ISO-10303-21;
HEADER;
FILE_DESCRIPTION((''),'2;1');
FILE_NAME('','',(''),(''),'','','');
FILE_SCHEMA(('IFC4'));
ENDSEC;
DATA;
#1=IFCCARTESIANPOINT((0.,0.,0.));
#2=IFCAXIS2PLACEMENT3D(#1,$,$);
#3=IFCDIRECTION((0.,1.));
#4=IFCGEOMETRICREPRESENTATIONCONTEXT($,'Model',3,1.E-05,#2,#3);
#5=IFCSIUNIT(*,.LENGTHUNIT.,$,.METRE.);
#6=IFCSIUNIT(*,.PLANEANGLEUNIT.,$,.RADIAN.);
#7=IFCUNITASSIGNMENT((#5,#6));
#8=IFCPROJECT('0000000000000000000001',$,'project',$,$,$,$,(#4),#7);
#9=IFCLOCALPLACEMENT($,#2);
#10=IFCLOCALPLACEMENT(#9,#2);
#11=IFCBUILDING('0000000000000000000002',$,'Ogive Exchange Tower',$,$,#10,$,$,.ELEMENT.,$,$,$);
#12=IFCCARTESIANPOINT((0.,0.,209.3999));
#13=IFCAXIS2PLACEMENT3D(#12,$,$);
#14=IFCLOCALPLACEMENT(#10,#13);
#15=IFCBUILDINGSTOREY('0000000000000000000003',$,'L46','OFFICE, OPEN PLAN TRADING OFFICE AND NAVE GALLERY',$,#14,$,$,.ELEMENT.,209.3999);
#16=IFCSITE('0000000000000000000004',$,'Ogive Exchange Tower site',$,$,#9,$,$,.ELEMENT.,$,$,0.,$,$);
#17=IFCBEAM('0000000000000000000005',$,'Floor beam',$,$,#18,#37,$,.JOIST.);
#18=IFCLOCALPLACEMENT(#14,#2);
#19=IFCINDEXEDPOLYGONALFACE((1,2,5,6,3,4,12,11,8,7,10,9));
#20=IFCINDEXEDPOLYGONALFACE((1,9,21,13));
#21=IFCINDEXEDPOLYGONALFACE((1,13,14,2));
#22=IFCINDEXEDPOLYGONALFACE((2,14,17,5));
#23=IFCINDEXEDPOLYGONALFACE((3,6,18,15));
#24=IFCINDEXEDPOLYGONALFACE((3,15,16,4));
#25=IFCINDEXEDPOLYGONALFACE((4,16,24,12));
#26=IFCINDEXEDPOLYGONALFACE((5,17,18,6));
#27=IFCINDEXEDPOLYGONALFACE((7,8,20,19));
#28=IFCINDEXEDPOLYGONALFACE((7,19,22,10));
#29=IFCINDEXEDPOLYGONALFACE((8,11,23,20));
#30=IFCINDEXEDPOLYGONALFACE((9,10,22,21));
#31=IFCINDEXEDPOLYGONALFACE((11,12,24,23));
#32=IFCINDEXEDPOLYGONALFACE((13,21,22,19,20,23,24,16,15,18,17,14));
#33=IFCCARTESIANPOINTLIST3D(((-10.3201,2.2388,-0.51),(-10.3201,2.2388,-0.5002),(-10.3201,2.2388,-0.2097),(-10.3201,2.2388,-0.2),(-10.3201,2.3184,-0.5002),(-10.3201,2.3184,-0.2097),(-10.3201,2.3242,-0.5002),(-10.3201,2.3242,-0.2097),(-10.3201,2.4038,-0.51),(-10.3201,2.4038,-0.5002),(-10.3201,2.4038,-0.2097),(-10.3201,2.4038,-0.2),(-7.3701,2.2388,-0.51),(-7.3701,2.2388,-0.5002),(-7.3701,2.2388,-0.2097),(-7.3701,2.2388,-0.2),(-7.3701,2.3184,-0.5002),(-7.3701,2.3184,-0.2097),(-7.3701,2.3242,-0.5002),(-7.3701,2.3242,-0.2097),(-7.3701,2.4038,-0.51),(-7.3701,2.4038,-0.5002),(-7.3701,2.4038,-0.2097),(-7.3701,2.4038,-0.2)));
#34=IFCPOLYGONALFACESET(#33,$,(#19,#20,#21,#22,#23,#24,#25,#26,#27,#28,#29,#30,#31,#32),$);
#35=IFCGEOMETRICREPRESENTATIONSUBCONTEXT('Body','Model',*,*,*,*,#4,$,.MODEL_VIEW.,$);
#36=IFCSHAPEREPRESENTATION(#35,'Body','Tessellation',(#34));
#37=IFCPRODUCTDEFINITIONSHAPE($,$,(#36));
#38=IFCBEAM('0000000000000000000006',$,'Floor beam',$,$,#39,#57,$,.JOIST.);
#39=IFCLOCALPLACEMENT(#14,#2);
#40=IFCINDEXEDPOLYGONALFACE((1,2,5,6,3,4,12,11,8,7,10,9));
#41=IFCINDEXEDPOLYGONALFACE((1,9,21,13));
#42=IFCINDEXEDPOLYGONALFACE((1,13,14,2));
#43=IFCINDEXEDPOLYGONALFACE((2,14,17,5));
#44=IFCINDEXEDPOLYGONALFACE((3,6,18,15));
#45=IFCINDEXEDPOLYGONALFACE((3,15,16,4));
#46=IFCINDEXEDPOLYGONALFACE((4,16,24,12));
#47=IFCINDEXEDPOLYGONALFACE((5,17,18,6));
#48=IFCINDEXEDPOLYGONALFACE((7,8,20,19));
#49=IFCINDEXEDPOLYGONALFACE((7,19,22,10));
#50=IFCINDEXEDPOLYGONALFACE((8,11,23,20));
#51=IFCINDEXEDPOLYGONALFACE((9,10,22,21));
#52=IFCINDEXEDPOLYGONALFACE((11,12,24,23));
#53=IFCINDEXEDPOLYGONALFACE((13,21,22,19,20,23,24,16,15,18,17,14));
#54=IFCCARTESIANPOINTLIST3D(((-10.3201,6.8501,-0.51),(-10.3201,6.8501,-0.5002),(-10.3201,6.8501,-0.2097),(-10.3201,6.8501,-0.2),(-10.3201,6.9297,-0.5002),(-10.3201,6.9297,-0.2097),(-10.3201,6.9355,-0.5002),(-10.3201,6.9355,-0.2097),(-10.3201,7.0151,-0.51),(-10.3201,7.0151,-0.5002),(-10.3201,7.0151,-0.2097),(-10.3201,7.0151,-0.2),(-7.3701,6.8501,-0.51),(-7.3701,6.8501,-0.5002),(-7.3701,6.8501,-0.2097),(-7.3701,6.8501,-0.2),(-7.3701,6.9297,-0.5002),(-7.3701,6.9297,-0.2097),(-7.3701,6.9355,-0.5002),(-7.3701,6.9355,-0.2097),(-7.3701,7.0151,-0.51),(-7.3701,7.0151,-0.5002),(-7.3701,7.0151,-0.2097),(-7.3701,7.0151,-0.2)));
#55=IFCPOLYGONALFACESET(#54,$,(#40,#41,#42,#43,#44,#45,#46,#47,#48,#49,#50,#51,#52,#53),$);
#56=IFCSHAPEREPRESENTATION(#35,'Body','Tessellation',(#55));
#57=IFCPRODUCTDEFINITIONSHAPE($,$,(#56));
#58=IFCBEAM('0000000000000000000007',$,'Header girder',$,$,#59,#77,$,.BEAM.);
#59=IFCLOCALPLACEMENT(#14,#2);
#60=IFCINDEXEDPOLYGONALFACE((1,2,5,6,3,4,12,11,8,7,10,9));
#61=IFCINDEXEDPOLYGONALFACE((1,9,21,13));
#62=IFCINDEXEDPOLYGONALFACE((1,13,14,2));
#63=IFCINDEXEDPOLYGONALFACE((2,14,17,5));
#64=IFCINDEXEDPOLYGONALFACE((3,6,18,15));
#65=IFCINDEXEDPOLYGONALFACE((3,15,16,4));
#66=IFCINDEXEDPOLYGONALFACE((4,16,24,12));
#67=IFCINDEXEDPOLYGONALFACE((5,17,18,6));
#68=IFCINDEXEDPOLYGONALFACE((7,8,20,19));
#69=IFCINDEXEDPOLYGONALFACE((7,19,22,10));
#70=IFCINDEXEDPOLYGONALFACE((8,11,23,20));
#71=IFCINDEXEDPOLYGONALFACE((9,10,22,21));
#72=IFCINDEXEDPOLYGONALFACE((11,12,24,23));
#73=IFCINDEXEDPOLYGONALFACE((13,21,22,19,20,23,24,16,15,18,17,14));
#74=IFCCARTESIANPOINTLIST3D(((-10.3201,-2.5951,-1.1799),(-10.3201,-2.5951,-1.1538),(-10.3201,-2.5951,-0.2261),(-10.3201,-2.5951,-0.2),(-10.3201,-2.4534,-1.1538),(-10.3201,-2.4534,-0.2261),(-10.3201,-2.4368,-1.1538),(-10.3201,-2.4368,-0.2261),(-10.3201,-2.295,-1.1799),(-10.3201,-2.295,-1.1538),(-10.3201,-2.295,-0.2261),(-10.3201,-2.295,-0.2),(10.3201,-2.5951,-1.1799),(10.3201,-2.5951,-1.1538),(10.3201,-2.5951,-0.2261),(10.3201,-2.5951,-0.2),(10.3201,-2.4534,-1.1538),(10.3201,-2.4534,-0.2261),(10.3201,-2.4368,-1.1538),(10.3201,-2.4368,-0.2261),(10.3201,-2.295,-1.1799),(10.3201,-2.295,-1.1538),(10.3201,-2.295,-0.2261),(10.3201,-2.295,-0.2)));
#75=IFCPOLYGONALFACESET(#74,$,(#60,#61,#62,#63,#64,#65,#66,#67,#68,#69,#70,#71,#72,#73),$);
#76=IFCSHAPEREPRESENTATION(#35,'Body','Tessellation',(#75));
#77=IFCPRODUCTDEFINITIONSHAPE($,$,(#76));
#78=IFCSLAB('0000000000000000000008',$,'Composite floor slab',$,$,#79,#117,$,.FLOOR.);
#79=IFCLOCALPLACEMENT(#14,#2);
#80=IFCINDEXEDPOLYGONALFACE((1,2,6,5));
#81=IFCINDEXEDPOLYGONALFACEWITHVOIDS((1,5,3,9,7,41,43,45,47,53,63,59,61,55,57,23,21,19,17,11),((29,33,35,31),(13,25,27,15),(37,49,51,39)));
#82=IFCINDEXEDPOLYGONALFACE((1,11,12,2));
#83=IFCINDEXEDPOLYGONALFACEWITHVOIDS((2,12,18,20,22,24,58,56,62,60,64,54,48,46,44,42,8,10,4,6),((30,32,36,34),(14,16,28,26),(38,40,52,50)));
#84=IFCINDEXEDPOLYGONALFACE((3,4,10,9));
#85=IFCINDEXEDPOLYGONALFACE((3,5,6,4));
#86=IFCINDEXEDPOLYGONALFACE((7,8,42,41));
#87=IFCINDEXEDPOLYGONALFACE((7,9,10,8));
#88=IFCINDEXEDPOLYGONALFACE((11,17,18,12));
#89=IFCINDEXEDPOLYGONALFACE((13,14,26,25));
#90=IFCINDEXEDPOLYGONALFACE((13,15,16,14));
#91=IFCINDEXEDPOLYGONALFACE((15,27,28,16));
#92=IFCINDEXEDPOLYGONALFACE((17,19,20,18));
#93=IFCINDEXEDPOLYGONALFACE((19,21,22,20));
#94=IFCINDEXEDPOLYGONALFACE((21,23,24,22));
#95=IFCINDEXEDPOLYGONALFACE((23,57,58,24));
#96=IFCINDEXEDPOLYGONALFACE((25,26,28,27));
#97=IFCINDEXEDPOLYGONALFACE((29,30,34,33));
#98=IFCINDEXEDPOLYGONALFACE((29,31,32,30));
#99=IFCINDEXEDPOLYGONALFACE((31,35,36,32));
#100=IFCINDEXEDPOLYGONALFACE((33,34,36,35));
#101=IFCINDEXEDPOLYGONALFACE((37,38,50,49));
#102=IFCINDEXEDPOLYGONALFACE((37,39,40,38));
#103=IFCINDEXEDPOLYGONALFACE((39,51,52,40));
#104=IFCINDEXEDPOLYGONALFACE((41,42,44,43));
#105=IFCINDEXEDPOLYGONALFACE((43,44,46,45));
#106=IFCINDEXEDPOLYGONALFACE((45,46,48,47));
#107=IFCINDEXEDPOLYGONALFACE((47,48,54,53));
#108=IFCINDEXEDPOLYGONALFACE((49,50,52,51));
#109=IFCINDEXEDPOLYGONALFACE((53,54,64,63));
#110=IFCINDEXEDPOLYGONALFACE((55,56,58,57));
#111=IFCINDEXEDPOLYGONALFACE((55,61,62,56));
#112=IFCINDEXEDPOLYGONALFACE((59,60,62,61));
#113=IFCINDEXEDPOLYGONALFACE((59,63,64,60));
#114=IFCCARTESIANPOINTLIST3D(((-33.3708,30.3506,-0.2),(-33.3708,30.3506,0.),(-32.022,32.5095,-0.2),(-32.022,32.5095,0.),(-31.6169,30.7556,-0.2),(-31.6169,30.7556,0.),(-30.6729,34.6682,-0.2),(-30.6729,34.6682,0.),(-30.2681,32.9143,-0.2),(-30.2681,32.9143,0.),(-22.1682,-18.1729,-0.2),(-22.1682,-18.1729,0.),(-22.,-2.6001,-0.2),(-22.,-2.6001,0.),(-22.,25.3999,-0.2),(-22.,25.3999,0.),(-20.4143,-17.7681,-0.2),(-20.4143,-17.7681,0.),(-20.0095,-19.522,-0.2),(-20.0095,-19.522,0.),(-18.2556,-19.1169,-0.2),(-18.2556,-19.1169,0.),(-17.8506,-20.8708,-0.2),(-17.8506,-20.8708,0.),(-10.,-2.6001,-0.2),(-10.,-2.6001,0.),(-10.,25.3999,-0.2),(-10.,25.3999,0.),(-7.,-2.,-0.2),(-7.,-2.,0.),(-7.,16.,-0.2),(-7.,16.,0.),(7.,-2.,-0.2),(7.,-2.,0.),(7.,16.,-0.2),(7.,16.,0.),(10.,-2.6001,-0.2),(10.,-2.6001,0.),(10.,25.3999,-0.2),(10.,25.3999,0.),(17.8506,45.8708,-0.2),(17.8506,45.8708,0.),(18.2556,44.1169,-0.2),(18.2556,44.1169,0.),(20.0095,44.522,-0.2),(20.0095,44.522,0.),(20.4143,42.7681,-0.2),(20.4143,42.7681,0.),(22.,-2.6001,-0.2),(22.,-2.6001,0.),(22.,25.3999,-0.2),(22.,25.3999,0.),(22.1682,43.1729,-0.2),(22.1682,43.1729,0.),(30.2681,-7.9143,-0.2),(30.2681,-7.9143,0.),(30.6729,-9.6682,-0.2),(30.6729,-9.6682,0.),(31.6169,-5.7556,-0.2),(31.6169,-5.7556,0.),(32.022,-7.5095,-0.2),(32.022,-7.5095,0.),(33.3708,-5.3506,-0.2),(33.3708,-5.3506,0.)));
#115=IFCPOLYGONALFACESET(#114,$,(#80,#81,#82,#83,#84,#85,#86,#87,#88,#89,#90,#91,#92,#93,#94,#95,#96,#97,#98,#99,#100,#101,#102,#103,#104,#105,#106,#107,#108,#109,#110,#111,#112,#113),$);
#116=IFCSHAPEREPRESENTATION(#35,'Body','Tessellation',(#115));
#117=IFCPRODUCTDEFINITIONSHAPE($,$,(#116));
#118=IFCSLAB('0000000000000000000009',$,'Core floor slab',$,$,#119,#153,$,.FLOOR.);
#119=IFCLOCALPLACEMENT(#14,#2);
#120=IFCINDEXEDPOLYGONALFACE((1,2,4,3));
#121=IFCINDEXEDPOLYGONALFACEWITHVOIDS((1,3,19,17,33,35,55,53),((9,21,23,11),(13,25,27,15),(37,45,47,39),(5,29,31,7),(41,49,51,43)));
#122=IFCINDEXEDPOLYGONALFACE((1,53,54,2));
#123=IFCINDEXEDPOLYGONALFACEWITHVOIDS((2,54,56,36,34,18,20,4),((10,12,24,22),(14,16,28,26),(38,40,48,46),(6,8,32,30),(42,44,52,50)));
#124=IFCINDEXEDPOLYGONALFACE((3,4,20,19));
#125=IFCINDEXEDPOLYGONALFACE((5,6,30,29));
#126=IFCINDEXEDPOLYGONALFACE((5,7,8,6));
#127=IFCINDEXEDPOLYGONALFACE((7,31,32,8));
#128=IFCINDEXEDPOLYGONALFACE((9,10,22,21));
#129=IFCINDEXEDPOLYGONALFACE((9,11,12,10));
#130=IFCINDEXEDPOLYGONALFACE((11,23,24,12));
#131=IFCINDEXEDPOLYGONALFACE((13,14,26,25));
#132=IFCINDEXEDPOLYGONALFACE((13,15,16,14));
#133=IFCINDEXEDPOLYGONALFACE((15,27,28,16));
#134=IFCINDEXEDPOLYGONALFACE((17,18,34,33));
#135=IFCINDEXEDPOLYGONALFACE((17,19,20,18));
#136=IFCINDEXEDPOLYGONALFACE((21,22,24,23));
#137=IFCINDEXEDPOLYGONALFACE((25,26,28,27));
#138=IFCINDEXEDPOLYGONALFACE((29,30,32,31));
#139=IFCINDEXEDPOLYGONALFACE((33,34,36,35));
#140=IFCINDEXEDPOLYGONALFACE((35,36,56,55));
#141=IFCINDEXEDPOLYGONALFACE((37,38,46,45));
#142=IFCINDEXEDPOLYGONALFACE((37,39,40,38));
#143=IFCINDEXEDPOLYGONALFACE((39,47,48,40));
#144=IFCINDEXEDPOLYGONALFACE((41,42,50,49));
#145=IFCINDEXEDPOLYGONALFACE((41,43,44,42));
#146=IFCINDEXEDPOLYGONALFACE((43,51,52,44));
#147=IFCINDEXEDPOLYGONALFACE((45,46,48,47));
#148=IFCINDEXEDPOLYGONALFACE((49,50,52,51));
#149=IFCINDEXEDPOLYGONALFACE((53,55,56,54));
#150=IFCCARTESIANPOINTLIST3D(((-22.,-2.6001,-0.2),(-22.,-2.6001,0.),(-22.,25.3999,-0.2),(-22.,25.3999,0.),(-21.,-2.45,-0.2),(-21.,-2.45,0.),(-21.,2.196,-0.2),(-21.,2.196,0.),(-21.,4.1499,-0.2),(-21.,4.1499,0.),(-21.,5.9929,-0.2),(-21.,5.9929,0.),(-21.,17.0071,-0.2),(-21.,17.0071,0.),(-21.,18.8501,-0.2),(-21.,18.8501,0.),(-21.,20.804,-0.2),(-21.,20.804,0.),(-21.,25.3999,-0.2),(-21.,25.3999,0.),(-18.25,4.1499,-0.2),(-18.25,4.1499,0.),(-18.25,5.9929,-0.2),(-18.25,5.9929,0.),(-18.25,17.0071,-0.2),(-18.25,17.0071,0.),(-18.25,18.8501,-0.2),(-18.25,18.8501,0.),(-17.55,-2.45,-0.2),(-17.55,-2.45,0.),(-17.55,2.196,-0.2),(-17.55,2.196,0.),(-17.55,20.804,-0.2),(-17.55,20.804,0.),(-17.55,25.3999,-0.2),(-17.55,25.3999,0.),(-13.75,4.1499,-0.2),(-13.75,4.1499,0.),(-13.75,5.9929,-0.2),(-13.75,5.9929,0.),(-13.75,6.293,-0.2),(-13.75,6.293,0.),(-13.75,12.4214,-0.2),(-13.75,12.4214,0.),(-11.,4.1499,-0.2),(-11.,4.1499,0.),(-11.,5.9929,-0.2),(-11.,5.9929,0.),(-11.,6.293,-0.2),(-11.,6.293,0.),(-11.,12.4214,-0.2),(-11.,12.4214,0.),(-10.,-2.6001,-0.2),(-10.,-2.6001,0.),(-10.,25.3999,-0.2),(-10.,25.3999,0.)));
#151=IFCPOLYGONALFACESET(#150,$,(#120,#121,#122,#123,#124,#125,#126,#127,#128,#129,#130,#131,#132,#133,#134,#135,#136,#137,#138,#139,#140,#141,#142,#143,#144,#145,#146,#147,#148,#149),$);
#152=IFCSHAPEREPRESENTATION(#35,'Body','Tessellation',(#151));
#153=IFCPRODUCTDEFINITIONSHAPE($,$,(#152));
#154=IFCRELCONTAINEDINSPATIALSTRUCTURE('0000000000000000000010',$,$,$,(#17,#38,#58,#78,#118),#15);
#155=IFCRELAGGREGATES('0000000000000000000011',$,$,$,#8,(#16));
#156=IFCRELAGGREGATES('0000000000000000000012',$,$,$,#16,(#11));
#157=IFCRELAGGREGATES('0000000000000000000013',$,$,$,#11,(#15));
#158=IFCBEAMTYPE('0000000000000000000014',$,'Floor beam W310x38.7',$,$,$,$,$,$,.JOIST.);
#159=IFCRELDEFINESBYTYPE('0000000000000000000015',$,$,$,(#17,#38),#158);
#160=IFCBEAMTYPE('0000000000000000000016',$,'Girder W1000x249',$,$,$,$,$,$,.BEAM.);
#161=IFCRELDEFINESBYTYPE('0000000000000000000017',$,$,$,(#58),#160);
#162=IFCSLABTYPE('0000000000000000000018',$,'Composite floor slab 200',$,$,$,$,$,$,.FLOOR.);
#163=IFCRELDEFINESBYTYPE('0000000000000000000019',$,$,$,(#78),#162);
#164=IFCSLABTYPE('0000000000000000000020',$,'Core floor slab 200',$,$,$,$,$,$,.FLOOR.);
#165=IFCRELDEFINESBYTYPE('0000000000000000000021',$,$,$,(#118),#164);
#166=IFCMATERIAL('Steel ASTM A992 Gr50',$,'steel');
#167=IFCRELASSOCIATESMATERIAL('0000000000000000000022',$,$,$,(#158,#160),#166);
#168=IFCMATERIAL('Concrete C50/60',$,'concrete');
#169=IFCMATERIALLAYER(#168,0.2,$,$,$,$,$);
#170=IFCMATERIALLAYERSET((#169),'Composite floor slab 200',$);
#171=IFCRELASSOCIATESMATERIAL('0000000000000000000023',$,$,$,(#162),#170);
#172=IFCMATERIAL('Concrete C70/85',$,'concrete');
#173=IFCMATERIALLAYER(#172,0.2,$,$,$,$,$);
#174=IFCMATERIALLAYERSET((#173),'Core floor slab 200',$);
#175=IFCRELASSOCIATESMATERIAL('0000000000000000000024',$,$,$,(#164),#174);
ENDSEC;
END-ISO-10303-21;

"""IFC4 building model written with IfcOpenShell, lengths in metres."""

from ifc_helpers import new_model, si_unit, direction, frame, origin, origin_2d, place, context, subcontext, project, spatial, polyline, i_section, outline, extrude, material, layer, layer_set, material_profile, profile_set, type_object, element, save


model = new_model("IFC4")

# Units and contexts
model_context = context("Model", 3, precision=1e-05, world=origin(), true_north=direction((0.0, 1.0)))
body_context = subcontext(model_context, "Body", "Model", "MODEL_VIEW")
ifc_project = project(units=[si_unit("LENGTHUNIT", "METRE"), si_unit("PLANEANGLEUNIT", "RADIAN")], contexts=[model_context])

# Site, building, storey
site_placement = place(None, origin())
site = spatial("IfcSite", under=ifc_project, at=site_placement, Name="Ogive Exchange Tower site", CompositionType="ELEMENT", RefElevation=0.0)
building_placement = place(site_placement, origin())
building = spatial("IfcBuilding", under=site, at=building_placement, Name="Ogive Exchange Tower", CompositionType="ELEMENT")
storey_placement = place(building_placement, frame((0.0, 0.0, 209.3999)))
storey = spatial("IfcBuildingStorey", under=building, at=storey_placement, Name="L46", Description="OFFICE, OPEN PLAN TRADING OFFICE AND NAVE GALLERY", CompositionType="ELEMENT", Elevation=209.3999)

# Beams
ifc_material_1 = material(Name="Steel ASTM A992 Gr50", Category="steel")
ifc_material_profile_1 = material_profile(ifc_material_1, i_section(OverallWidth=0.165, OverallDepth=0.3101, WebThickness=0.0059, FlangeThickness=0.0098, at=origin_2d()), Name="W310x38.7")
ifc_profile_set_1 = profile_set([ifc_material_profile_1], Name="Steel ASTM A992 Gr50")
beam_type_1 = type_object("IfcBeamType", Name="Floor beam W310x38.7", PredefinedType="JOIST", material=ifc_profile_set_1)
for number, where, z_axis, x_axis, name in (
    (1, (-10.3201, 2.3213, -0.355), (1.0, 0.0, 0.0), (0.0, 1.0, 0.0), "Floor beam"),
    (2, (-10.3201, 6.9326, -0.355), (1.0, 0.0, 0.0), (0.0, 1.0, 0.0), "Floor beam"),
):
    element("IfcBeam", number, at=place(storey_placement, frame(where, z_axis=z_axis, x_axis=x_axis)), inside=storey, type_object=beam_type_1, Name=name, PredefinedType="JOIST", context=body_context, shape_type="SweptSolid", body=[
        extrude(i_section(OverallWidth=0.165, OverallDepth=0.3101, WebThickness=0.0059, FlangeThickness=0.0098, at=origin_2d()), origin(), (0.0, 0.0, 1.0), 2.95),
    ])
ifc_material_profile_2 = material_profile(ifc_material_1, i_section(OverallWidth=0.3, OverallDepth=0.98, WebThickness=0.0166, FlangeThickness=0.0261, at=origin_2d()), Name="W1000x249")
ifc_profile_set_2 = profile_set([ifc_material_profile_2], Name="Steel ASTM A992 Gr50")
beam_type_2 = type_object("IfcBeamType", Name="Girder W1000x249", PredefinedType="BEAM", material=ifc_profile_set_2)
beam_placement = place(storey_placement, frame((-10.3201, -2.4451, -0.6899), z_axis=(1.0, 0.0, 0.0), x_axis=(0.0, 1.0, 0.0)))
element("IfcBeam", 3, at=beam_placement, inside=storey, type_object=beam_type_2, Name="Header girder", PredefinedType="BEAM", context=body_context, shape_type="SweptSolid", body=[
    extrude(i_section(OverallWidth=0.3, OverallDepth=0.98, WebThickness=0.0166, FlangeThickness=0.0261, at=origin_2d()), origin(), (0.0, 0.0, 1.0), 20.6401),
])

# Slabs
ifc_material_2 = material(Name="Concrete C50/60", Category="concrete")
ifc_layer_1 = layer(ifc_material_2, 0.2)
ifc_layer_set_1 = layer_set([ifc_layer_1], Name="Composite floor slab 200")
slab_type_1 = type_object("IfcSlabType", Name="Composite floor slab 200", PredefinedType="FLOOR", material=ifc_layer_set_1)
slab_1_placement = place(storey_placement, frame((0.0, 0.0, -0.2)))
element("IfcSlab", 4, at=slab_1_placement, inside=storey, type_object=slab_type_1, Name="Composite floor slab", PredefinedType="FLOOR", context=body_context, shape_type="SweptSolid", body=[
    extrude(outline(polyline([(-18.2556, -19.1169), (-20.0095, -19.522), (-20.4143, -17.7681), (-22.1682, -18.1729), (-33.3708, 30.3506), (-31.6169, 30.7556), (-32.022, 32.5095), (-30.2681, 32.9143), (-30.6729, 34.6682), (17.8506, 45.8708), (18.2556, 44.1169), (20.0095, 44.522), (20.4143, 42.7681), (22.1682, 43.1729), (33.3708, -5.3506), (31.6169, -5.7556), (32.022, -7.5095), (30.2681, -7.9143), (30.6729, -9.6682), (-17.8506, -20.8708), (-18.2556, -19.1169)]), holes=[polyline([(7.0, -2.0), (7.0, 16.0), (-7.0, 16.0), (-7.0, -2.0), (7.0, -2.0)]), polyline([(-22.0, -2.6001), (-10.0, -2.6001), (-10.0, 25.3999), (-22.0, 25.3999), (-22.0, -2.6001)]), polyline([(10.0, -2.6001), (22.0, -2.6001), (22.0, 25.3999), (10.0, 25.3999), (10.0, -2.6001)])]), origin(), (0.0, 0.0, 1.0), 0.2),
])
ifc_material_3 = material(Name="Concrete C70/85", Category="concrete")
ifc_layer_2 = layer(ifc_material_3, 0.2)
ifc_layer_set_2 = layer_set([ifc_layer_2], Name="Core floor slab 200")
slab_type_2 = type_object("IfcSlabType", Name="Core floor slab 200", PredefinedType="FLOOR", material=ifc_layer_set_2)
slab_2_placement = place(storey_placement, frame((0.0, 0.0, -0.2)))
element("IfcSlab", 5, at=slab_2_placement, inside=storey, type_object=slab_type_2, Name="Core floor slab", PredefinedType="FLOOR", context=body_context, shape_type="SweptSolid", body=[
    extrude(outline(polyline([(-10.0, 25.3999), (-10.0, -2.6001), (-22.0, -2.6001), (-22.0, 25.3999), (-21.0, 25.3999), (-21.0, 20.804), (-17.55, 20.804), (-17.55, 25.3999), (-10.0, 25.3999)]), holes=[polyline([(-17.55, 2.196), (-21.0, 2.196), (-21.0, -2.45), (-17.55, -2.45), (-17.55, 2.196)]), polyline([(-18.25, 5.9929), (-21.0, 5.9929), (-21.0, 4.1499), (-18.25, 4.1499), (-18.25, 5.9929)]), polyline([(-11.0, 5.9929), (-13.75, 5.9929), (-13.75, 4.1499), (-11.0, 4.1499), (-11.0, 5.9929)]), polyline([(-13.75, 12.4214), (-13.75, 6.293), (-11.0, 6.293), (-11.0, 12.4214), (-13.75, 12.4214)]), polyline([(-18.25, 18.8501), (-21.0, 18.8501), (-21.0, 17.0071), (-18.25, 17.0071), (-18.25, 18.8501)])]), origin(), (0.0, 0.0, 1.0), 0.2),
])

save(model, "model.ifc")
